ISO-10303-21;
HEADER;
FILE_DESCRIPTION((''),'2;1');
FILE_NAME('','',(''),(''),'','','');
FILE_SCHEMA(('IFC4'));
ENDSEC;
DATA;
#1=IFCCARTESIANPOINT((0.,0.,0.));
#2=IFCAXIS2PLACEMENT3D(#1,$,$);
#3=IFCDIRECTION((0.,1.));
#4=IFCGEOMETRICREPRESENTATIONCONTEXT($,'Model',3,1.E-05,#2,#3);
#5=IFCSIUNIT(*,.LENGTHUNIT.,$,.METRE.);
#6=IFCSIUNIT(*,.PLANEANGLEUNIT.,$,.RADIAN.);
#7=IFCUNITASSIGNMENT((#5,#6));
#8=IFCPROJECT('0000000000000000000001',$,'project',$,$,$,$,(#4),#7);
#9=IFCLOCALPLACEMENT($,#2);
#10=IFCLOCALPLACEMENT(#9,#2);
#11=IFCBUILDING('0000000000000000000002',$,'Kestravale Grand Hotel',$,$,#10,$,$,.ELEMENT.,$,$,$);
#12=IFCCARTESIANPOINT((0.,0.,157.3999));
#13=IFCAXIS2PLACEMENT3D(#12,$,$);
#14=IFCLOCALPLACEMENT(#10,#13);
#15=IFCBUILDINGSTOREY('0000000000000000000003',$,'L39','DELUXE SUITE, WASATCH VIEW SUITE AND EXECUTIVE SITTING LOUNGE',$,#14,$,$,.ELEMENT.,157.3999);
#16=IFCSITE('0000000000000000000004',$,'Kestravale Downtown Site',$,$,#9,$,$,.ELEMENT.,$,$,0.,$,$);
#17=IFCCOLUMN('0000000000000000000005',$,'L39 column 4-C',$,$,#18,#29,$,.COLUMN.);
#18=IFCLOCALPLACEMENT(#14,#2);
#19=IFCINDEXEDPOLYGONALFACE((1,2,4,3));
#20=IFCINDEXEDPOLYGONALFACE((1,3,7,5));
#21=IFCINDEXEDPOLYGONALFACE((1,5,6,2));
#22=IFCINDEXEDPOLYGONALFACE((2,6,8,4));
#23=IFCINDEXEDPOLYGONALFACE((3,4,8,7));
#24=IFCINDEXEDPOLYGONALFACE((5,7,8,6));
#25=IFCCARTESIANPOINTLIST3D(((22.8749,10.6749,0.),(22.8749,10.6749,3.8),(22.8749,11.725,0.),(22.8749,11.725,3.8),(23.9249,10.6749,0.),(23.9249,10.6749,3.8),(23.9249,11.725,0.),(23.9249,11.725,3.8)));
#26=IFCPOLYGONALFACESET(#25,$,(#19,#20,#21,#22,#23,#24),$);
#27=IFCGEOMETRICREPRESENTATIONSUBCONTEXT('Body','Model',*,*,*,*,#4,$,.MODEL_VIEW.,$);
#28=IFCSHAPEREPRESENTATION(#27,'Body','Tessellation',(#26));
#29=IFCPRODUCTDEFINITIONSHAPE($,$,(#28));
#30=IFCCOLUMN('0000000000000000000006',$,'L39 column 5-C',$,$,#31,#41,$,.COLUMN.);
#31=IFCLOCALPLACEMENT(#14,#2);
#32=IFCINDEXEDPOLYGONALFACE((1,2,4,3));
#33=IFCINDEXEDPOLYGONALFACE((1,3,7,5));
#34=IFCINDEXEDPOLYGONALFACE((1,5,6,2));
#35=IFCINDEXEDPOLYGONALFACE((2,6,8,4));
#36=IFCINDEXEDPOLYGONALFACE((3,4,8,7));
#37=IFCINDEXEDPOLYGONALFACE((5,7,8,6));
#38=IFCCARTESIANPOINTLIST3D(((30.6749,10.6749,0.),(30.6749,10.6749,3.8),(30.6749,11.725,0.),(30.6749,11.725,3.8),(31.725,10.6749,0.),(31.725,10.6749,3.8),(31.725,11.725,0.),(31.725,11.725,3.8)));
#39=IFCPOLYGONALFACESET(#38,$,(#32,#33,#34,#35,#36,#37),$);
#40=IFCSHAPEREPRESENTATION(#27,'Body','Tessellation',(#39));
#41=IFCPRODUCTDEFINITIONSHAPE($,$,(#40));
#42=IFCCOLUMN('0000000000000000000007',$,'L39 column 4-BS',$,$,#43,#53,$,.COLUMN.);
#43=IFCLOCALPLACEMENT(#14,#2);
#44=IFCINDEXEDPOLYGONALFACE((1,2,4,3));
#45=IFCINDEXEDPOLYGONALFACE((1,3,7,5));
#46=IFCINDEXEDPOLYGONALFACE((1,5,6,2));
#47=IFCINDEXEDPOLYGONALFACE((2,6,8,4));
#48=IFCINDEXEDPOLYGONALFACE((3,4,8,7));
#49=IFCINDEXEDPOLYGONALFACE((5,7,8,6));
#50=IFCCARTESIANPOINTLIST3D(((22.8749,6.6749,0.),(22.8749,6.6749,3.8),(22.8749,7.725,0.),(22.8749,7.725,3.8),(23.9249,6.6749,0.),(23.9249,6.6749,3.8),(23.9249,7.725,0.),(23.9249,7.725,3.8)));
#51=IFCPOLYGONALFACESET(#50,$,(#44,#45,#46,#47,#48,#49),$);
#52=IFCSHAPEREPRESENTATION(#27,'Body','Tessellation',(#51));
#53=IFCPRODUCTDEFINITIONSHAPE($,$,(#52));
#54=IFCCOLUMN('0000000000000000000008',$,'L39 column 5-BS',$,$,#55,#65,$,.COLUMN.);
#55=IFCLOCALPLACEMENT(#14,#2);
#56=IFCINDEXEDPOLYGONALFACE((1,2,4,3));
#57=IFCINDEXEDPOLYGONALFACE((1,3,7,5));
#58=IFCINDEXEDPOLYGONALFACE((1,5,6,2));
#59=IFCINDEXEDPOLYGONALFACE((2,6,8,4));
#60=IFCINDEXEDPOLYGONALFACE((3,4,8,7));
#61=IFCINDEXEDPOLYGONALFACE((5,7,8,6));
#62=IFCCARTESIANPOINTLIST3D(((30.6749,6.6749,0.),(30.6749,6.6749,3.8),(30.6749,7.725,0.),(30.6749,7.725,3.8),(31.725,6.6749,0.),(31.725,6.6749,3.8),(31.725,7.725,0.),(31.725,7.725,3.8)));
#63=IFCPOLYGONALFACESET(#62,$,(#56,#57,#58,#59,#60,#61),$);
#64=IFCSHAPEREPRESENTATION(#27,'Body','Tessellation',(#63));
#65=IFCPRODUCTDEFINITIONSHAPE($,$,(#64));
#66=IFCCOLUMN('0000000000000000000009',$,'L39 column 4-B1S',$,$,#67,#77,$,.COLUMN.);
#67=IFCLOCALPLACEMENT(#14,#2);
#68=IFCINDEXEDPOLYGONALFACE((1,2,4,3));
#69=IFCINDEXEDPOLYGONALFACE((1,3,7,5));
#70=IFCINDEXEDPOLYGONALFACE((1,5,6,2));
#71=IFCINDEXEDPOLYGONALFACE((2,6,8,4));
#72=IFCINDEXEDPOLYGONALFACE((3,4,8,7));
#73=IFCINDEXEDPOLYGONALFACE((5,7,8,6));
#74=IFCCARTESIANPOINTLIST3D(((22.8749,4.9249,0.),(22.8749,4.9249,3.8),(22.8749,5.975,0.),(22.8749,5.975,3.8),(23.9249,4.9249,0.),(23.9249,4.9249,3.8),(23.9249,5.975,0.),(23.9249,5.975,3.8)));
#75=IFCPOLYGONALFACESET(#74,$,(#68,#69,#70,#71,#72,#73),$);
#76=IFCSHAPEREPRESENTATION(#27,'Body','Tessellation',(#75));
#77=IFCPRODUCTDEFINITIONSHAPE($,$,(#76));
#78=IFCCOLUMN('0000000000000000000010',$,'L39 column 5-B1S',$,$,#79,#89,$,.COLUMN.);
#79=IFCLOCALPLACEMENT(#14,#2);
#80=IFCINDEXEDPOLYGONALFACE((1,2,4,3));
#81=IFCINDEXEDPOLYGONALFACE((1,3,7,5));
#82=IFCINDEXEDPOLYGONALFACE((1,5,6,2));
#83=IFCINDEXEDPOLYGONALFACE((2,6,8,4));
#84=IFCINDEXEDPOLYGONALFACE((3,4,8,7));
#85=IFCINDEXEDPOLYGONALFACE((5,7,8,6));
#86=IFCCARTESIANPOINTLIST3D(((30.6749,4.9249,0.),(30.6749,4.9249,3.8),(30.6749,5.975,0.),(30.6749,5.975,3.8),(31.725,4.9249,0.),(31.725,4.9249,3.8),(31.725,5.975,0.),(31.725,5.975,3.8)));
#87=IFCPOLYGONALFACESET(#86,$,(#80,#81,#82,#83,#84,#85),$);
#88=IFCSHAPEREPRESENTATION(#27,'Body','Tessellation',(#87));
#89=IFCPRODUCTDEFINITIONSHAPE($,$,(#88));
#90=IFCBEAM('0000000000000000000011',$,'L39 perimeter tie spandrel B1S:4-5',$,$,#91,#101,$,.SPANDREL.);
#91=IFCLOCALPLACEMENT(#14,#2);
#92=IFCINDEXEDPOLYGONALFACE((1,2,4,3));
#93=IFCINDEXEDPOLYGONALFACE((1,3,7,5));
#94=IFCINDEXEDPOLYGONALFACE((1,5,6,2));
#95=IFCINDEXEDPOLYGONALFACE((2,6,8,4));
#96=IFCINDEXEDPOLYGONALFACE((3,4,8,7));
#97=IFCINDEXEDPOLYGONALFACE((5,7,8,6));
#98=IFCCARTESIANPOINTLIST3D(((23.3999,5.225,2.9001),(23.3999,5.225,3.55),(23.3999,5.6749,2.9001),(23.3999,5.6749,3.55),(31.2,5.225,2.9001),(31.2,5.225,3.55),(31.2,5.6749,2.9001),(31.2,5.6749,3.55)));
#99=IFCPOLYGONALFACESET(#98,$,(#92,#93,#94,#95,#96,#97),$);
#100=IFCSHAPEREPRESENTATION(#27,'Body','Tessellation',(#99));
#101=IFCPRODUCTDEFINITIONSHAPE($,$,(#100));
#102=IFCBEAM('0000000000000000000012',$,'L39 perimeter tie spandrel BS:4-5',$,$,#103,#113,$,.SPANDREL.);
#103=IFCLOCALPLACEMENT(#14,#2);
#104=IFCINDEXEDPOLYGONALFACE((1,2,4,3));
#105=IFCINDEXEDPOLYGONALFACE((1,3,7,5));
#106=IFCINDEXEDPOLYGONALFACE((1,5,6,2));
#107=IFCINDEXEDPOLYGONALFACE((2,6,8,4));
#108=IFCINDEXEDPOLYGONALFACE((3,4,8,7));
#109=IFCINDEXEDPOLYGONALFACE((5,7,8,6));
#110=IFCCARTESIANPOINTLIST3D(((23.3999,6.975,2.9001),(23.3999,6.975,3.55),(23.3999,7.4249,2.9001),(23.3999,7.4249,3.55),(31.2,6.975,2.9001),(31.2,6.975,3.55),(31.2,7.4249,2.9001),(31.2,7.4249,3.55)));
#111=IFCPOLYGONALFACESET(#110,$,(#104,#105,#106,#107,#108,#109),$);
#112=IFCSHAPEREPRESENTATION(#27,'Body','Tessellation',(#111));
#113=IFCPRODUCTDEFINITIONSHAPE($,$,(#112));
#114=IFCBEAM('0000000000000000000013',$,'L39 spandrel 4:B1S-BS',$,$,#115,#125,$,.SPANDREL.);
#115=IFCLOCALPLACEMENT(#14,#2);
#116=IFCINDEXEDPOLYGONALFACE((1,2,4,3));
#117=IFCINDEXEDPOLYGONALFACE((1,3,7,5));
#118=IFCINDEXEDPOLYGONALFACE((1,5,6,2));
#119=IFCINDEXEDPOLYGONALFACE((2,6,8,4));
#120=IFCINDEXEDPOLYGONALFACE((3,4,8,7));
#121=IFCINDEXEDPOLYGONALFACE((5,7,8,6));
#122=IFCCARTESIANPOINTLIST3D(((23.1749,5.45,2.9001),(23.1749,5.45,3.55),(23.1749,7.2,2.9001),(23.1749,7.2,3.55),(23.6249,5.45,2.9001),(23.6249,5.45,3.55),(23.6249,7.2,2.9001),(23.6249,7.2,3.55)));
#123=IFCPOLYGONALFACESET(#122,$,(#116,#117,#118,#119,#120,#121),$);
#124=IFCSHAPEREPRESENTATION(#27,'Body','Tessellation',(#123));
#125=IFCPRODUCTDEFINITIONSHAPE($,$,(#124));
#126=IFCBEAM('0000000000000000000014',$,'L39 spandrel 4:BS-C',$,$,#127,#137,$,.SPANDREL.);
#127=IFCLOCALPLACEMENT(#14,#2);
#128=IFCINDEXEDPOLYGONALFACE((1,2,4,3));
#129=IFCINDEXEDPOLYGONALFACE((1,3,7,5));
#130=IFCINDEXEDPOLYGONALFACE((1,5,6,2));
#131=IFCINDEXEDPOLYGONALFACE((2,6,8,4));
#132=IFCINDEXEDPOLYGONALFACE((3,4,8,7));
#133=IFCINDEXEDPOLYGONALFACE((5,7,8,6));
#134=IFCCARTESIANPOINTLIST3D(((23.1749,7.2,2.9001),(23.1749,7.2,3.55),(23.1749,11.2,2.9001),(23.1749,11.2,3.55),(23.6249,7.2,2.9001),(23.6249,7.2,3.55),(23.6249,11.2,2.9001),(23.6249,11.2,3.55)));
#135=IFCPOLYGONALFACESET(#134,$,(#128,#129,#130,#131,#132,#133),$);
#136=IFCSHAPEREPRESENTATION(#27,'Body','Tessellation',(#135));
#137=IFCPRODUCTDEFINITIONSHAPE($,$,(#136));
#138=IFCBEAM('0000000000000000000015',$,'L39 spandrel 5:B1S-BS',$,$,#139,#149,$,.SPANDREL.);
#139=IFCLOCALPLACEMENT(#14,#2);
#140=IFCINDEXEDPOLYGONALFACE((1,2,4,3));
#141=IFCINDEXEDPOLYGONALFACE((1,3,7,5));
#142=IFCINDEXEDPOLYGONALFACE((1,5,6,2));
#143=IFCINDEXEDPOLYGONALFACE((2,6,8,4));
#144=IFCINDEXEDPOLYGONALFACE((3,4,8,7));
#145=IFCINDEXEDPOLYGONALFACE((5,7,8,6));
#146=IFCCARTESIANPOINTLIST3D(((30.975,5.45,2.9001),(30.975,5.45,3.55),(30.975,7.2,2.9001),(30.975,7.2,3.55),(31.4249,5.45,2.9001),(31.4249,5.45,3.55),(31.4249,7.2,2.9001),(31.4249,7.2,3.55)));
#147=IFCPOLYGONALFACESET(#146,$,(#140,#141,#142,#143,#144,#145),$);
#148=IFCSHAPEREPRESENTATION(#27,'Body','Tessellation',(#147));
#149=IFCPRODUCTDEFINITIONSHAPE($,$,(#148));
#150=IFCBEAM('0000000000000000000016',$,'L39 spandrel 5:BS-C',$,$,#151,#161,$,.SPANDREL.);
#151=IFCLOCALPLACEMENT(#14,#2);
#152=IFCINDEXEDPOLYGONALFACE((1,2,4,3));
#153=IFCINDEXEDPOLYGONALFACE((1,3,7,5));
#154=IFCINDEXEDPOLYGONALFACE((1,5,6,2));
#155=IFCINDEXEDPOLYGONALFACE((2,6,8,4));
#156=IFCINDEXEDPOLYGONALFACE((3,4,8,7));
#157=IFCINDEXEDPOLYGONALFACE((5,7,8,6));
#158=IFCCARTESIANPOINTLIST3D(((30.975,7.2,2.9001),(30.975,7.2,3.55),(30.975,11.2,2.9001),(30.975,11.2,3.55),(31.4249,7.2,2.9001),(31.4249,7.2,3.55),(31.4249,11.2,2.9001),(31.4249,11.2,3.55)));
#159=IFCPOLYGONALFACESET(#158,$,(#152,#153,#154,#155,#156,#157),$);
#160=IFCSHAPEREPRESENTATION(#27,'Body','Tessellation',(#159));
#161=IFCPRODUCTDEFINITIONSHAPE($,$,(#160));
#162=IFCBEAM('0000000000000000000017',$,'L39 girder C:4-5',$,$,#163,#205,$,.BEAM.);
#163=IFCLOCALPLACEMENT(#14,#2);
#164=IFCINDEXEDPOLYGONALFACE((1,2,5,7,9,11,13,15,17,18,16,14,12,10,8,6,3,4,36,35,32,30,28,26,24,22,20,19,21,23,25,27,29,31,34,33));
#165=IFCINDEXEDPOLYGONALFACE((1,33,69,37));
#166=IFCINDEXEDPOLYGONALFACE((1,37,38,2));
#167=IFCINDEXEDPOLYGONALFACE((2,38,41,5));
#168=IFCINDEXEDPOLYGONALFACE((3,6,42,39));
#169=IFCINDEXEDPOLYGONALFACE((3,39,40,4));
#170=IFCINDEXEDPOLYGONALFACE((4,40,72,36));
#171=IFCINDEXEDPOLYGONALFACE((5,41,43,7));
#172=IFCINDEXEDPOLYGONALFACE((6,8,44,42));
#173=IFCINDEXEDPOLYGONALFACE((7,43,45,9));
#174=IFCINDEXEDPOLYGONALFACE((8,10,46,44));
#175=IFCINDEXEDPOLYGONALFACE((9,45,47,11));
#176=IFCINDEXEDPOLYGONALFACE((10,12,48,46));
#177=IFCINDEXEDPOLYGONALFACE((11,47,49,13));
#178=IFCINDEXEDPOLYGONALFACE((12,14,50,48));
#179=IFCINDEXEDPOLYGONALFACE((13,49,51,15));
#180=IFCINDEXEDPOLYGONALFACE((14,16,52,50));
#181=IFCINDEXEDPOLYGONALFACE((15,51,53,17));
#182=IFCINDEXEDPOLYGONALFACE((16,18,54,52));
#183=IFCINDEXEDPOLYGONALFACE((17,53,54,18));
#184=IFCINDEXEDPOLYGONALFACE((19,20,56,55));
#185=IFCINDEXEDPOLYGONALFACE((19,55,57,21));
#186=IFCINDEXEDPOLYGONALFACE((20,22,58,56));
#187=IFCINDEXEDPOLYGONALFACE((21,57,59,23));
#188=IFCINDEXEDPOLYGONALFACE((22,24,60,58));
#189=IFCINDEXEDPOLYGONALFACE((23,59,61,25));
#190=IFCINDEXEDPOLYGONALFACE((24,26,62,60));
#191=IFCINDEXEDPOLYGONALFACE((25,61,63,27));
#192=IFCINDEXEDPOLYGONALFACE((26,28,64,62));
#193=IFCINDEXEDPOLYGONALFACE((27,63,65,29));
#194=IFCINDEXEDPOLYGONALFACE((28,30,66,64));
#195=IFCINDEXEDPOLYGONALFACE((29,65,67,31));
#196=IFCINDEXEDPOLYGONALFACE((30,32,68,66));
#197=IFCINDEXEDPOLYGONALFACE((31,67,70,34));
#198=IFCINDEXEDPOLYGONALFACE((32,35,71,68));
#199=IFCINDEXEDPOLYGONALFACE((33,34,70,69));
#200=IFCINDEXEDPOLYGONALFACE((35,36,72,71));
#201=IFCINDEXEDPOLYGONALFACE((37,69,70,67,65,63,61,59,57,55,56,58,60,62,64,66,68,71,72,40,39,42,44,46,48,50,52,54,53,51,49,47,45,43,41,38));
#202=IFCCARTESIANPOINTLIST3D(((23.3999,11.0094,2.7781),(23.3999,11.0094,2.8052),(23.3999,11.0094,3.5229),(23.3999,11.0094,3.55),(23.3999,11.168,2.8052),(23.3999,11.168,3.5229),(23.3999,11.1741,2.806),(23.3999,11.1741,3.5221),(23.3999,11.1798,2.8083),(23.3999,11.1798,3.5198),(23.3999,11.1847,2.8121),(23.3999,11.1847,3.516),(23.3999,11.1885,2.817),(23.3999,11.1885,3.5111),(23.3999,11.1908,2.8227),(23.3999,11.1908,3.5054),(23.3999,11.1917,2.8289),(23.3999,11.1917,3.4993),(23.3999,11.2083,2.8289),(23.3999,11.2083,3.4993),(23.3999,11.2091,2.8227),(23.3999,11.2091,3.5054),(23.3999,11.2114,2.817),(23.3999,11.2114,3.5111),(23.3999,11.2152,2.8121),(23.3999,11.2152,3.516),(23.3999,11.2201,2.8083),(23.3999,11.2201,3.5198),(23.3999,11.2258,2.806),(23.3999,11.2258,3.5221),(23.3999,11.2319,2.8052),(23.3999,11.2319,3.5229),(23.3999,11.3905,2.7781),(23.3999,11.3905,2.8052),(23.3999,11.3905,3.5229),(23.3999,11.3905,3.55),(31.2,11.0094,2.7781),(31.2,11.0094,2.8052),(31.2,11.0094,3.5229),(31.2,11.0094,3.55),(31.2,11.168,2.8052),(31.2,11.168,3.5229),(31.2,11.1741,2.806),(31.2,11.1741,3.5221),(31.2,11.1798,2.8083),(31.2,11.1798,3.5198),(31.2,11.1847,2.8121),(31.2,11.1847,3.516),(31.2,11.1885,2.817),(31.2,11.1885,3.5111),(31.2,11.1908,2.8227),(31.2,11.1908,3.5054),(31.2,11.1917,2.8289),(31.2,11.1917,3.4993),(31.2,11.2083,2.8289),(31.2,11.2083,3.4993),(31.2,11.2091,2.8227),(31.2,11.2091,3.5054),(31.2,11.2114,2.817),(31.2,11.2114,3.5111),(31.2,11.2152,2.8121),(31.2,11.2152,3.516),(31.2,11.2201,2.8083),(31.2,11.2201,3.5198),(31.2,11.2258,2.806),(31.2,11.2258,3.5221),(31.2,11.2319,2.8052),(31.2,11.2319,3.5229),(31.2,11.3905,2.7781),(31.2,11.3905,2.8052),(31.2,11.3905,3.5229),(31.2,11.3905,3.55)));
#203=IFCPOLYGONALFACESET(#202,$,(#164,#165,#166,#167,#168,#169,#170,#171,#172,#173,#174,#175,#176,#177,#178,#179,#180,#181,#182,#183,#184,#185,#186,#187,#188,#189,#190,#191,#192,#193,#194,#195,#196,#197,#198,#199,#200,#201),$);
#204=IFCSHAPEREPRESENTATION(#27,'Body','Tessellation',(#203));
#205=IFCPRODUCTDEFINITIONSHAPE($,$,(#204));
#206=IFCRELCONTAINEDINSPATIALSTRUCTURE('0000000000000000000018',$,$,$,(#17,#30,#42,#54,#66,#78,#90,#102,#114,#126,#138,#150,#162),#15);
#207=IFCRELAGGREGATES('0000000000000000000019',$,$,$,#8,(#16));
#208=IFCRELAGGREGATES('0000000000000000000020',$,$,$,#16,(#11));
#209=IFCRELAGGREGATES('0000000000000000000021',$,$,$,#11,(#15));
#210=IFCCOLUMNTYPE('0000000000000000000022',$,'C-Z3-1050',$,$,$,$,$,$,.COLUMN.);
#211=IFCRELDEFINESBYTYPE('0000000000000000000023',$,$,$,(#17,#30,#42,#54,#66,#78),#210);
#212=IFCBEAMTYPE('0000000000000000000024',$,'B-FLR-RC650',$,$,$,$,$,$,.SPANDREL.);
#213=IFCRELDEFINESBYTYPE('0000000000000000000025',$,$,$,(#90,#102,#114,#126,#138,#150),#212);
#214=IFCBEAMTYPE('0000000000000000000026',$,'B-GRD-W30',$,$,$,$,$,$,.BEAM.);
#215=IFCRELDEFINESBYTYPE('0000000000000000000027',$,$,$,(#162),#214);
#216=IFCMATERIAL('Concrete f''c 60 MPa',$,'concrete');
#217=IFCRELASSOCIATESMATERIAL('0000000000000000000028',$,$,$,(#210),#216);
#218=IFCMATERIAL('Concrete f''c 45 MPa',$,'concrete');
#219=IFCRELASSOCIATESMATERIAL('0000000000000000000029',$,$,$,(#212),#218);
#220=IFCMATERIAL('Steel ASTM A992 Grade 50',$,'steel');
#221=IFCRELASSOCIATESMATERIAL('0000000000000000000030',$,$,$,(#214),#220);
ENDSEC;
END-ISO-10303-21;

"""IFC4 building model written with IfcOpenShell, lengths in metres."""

from ifc_helpers import new_model, si_unit, direction, frame, origin, origin_2d, place, context, subcontext, project, spatial, rectangle, i_section, extrude, material, material_profile, profile_set, type_object, element, save


model = new_model("IFC4")

# Units and contexts
model_context = context("Model", 3, precision=1e-05, world=origin(), true_north=direction((0.0, 1.0)))
body_context = subcontext(model_context, "Body", "Model", "MODEL_VIEW")
ifc_project = project(units=[si_unit("LENGTHUNIT", "METRE"), si_unit("PLANEANGLEUNIT", "RADIAN")], contexts=[model_context])

# Site, building, storey
site_placement = place(None, origin())
site = spatial("IfcSite", under=ifc_project, at=site_placement, Name="Kestravale Downtown Site", CompositionType="ELEMENT", RefElevation=0.0)
building_placement = place(site_placement, origin())
building = spatial("IfcBuilding", under=site, at=building_placement, Name="Kestravale Grand Hotel", CompositionType="ELEMENT")
storey_placement = place(building_placement, frame((0.0, 0.0, 157.3999)))
storey = spatial("IfcBuildingStorey", under=building, at=storey_placement, Name="L39", Description="DELUXE SUITE, WASATCH VIEW SUITE AND EXECUTIVE SITTING LOUNGE", CompositionType="ELEMENT", Elevation=157.3999)

# Columns
ifc_material_1 = material(Name="Concrete f'c 60 MPa", Category="concrete")
ifc_material_profile_1 = material_profile(ifc_material_1, rectangle(XDim=1.05, YDim=1.05, at=origin_2d()))
ifc_profile_set_1 = profile_set([ifc_material_profile_1], Name="Concrete f'c 60 MPa")
column_type = type_object("IfcColumnType", Name="C-Z3-1050", PredefinedType="COLUMN", material=ifc_profile_set_1)
for number, where, z_axis, x_axis, name in (
    (1, (23.3999, 11.2, 0.0), (0.0, 0.0, 1.0), (1.0, 0.0, 0.0), "L39 column 4-C"),
    (2, (31.2, 11.2, 0.0), (0.0, 0.0, 1.0), (1.0, 0.0, 0.0), "L39 column 5-C"),
    (3, (23.3999, 7.2, 0.0), (0.0, 0.0, 1.0), (1.0, 0.0, 0.0), "L39 column 4-BS"),
    (4, (31.2, 7.2, 0.0), (0.0, 0.0, 1.0), (1.0, 0.0, 0.0), "L39 column 5-BS"),
    (5, (23.3999, 5.45, 0.0), (0.0, 0.0, 1.0), (1.0, 0.0, 0.0), "L39 column 4-B1S"),
    (6, (31.2, 5.45, 0.0), (0.0, 0.0, 1.0), (1.0, 0.0, 0.0), "L39 column 5-B1S"),
):
    element("IfcColumn", number, at=place(storey_placement, frame(where, z_axis=z_axis, x_axis=x_axis)), inside=storey, type_object=column_type, Name=name, PredefinedType="COLUMN", context=body_context, shape_type="SweptSolid", body=[
        extrude(rectangle(XDim=1.05, YDim=1.05, at=origin_2d()), origin(), (0.0, 0.0, 1.0), 3.8),
    ])

# Beams
ifc_material_2 = material(Name="Concrete f'c 45 MPa", Category="concrete")
ifc_material_profile_2 = material_profile(ifc_material_2, rectangle(XDim=0.45, YDim=0.6499, at=origin_2d()))
ifc_profile_set_2 = profile_set([ifc_material_profile_2], Name="Concrete f'c 45 MPa")
beam_type_1 = type_object("IfcBeamType", Name="B-FLR-RC650", PredefinedType="SPANDREL", material=ifc_profile_set_2)
for number, where, z_axis, x_axis, name in (
    (7, (23.3999, 5.45, 3.2251), (1.0, 0.0, 0.0), (0.0, 1.0, 0.0), "L39 perimeter tie spandrel B1S:4-5"),
    (8, (23.3999, 7.2, 3.2251), (1.0, 0.0, 0.0), (0.0, 1.0, 0.0), "L39 perimeter tie spandrel BS:4-5"),
):
    element("IfcBeam", number, at=place(storey_placement, frame(where, z_axis=z_axis, x_axis=x_axis)), inside=storey, type_object=beam_type_1, Name=name, PredefinedType="SPANDREL", context=body_context, shape_type="SweptSolid", body=[
        extrude(rectangle(XDim=0.45, YDim=0.6499, at=origin_2d()), origin(), (0.0, 0.0, 1.0), 7.8),
    ])
beam_1_placement = place(storey_placement, frame((23.3999, 5.45, 3.2251), z_axis=(0.0, 1.0, 0.0), x_axis=(-1.0, 0.0, 0.0)))
element("IfcBeam", 9, at=beam_1_placement, inside=storey, type_object=beam_type_1, Name="L39 spandrel 4:B1S-BS", PredefinedType="SPANDREL", context=body_context, shape_type="SweptSolid", body=[
    extrude(rectangle(XDim=0.45, YDim=0.6499, at=origin_2d()), origin(), (0.0, 0.0, 1.0), 1.75),
])
beam_2_placement = place(storey_placement, frame((23.3999, 7.2, 3.2251), z_axis=(0.0, 1.0, 0.0), x_axis=(-1.0, 0.0, 0.0)))
element("IfcBeam", 10, at=beam_2_placement, inside=storey, type_object=beam_type_1, Name="L39 spandrel 4:BS-C", PredefinedType="SPANDREL", context=body_context, shape_type="SweptSolid", body=[
    extrude(rectangle(XDim=0.45, YDim=0.6499, at=origin_2d()), origin(), (0.0, 0.0, 1.0), 4.0),
])
beam_3_placement = place(storey_placement, frame((31.2, 5.45, 3.2251), z_axis=(0.0, 1.0, 0.0), x_axis=(-1.0, 0.0, 0.0)))
element("IfcBeam", 11, at=beam_3_placement, inside=storey, type_object=beam_type_1, Name="L39 spandrel 5:B1S-BS", PredefinedType="SPANDREL", context=body_context, shape_type="SweptSolid", body=[
    extrude(rectangle(XDim=0.45, YDim=0.6499, at=origin_2d()), origin(), (0.0, 0.0, 1.0), 1.75),
])
beam_4_placement = place(storey_placement, frame((31.2, 7.2, 3.2251), z_axis=(0.0, 1.0, 0.0), x_axis=(-1.0, 0.0, 0.0)))
element("IfcBeam", 12, at=beam_4_placement, inside=storey, type_object=beam_type_1, Name="L39 spandrel 5:BS-C", PredefinedType="SPANDREL", context=body_context, shape_type="SweptSolid", body=[
    extrude(rectangle(XDim=0.45, YDim=0.6499, at=origin_2d()), origin(), (0.0, 0.0, 1.0), 4.0),
])
ifc_material_3 = material(Name="Steel ASTM A992 Grade 50", Category="steel")
ifc_material_profile_3 = material_profile(ifc_material_3, i_section(OverallWidth=0.3811, OverallDepth=0.772, WebThickness=0.0166, FlangeThickness=0.0271, FilletRadius=0.0237, at=origin_2d()))
ifc_profile_set_3 = profile_set([ifc_material_profile_3], Name="Steel ASTM A992 Grade 50")
beam_type_2 = type_object("IfcBeamType", Name="B-GRD-W30", PredefinedType="BEAM", material=ifc_profile_set_3)
beam_5_placement = place(storey_placement, frame((23.3999, 11.2, 3.1641), z_axis=(1.0, 0.0, 0.0), x_axis=(0.0, 1.0, 0.0)))
element("IfcBeam", 13, at=beam_5_placement, inside=storey, type_object=beam_type_2, Name="L39 girder C:4-5", PredefinedType="BEAM", context=body_context, shape_type="SweptSolid", body=[
    extrude(i_section(OverallWidth=0.3811, OverallDepth=0.772, WebThickness=0.0166, FlangeThickness=0.0271, FilletRadius=0.0237, at=origin_2d()), origin(), (0.0, 0.0, 1.0), 7.8),
])

save(model, "model.ifc")
